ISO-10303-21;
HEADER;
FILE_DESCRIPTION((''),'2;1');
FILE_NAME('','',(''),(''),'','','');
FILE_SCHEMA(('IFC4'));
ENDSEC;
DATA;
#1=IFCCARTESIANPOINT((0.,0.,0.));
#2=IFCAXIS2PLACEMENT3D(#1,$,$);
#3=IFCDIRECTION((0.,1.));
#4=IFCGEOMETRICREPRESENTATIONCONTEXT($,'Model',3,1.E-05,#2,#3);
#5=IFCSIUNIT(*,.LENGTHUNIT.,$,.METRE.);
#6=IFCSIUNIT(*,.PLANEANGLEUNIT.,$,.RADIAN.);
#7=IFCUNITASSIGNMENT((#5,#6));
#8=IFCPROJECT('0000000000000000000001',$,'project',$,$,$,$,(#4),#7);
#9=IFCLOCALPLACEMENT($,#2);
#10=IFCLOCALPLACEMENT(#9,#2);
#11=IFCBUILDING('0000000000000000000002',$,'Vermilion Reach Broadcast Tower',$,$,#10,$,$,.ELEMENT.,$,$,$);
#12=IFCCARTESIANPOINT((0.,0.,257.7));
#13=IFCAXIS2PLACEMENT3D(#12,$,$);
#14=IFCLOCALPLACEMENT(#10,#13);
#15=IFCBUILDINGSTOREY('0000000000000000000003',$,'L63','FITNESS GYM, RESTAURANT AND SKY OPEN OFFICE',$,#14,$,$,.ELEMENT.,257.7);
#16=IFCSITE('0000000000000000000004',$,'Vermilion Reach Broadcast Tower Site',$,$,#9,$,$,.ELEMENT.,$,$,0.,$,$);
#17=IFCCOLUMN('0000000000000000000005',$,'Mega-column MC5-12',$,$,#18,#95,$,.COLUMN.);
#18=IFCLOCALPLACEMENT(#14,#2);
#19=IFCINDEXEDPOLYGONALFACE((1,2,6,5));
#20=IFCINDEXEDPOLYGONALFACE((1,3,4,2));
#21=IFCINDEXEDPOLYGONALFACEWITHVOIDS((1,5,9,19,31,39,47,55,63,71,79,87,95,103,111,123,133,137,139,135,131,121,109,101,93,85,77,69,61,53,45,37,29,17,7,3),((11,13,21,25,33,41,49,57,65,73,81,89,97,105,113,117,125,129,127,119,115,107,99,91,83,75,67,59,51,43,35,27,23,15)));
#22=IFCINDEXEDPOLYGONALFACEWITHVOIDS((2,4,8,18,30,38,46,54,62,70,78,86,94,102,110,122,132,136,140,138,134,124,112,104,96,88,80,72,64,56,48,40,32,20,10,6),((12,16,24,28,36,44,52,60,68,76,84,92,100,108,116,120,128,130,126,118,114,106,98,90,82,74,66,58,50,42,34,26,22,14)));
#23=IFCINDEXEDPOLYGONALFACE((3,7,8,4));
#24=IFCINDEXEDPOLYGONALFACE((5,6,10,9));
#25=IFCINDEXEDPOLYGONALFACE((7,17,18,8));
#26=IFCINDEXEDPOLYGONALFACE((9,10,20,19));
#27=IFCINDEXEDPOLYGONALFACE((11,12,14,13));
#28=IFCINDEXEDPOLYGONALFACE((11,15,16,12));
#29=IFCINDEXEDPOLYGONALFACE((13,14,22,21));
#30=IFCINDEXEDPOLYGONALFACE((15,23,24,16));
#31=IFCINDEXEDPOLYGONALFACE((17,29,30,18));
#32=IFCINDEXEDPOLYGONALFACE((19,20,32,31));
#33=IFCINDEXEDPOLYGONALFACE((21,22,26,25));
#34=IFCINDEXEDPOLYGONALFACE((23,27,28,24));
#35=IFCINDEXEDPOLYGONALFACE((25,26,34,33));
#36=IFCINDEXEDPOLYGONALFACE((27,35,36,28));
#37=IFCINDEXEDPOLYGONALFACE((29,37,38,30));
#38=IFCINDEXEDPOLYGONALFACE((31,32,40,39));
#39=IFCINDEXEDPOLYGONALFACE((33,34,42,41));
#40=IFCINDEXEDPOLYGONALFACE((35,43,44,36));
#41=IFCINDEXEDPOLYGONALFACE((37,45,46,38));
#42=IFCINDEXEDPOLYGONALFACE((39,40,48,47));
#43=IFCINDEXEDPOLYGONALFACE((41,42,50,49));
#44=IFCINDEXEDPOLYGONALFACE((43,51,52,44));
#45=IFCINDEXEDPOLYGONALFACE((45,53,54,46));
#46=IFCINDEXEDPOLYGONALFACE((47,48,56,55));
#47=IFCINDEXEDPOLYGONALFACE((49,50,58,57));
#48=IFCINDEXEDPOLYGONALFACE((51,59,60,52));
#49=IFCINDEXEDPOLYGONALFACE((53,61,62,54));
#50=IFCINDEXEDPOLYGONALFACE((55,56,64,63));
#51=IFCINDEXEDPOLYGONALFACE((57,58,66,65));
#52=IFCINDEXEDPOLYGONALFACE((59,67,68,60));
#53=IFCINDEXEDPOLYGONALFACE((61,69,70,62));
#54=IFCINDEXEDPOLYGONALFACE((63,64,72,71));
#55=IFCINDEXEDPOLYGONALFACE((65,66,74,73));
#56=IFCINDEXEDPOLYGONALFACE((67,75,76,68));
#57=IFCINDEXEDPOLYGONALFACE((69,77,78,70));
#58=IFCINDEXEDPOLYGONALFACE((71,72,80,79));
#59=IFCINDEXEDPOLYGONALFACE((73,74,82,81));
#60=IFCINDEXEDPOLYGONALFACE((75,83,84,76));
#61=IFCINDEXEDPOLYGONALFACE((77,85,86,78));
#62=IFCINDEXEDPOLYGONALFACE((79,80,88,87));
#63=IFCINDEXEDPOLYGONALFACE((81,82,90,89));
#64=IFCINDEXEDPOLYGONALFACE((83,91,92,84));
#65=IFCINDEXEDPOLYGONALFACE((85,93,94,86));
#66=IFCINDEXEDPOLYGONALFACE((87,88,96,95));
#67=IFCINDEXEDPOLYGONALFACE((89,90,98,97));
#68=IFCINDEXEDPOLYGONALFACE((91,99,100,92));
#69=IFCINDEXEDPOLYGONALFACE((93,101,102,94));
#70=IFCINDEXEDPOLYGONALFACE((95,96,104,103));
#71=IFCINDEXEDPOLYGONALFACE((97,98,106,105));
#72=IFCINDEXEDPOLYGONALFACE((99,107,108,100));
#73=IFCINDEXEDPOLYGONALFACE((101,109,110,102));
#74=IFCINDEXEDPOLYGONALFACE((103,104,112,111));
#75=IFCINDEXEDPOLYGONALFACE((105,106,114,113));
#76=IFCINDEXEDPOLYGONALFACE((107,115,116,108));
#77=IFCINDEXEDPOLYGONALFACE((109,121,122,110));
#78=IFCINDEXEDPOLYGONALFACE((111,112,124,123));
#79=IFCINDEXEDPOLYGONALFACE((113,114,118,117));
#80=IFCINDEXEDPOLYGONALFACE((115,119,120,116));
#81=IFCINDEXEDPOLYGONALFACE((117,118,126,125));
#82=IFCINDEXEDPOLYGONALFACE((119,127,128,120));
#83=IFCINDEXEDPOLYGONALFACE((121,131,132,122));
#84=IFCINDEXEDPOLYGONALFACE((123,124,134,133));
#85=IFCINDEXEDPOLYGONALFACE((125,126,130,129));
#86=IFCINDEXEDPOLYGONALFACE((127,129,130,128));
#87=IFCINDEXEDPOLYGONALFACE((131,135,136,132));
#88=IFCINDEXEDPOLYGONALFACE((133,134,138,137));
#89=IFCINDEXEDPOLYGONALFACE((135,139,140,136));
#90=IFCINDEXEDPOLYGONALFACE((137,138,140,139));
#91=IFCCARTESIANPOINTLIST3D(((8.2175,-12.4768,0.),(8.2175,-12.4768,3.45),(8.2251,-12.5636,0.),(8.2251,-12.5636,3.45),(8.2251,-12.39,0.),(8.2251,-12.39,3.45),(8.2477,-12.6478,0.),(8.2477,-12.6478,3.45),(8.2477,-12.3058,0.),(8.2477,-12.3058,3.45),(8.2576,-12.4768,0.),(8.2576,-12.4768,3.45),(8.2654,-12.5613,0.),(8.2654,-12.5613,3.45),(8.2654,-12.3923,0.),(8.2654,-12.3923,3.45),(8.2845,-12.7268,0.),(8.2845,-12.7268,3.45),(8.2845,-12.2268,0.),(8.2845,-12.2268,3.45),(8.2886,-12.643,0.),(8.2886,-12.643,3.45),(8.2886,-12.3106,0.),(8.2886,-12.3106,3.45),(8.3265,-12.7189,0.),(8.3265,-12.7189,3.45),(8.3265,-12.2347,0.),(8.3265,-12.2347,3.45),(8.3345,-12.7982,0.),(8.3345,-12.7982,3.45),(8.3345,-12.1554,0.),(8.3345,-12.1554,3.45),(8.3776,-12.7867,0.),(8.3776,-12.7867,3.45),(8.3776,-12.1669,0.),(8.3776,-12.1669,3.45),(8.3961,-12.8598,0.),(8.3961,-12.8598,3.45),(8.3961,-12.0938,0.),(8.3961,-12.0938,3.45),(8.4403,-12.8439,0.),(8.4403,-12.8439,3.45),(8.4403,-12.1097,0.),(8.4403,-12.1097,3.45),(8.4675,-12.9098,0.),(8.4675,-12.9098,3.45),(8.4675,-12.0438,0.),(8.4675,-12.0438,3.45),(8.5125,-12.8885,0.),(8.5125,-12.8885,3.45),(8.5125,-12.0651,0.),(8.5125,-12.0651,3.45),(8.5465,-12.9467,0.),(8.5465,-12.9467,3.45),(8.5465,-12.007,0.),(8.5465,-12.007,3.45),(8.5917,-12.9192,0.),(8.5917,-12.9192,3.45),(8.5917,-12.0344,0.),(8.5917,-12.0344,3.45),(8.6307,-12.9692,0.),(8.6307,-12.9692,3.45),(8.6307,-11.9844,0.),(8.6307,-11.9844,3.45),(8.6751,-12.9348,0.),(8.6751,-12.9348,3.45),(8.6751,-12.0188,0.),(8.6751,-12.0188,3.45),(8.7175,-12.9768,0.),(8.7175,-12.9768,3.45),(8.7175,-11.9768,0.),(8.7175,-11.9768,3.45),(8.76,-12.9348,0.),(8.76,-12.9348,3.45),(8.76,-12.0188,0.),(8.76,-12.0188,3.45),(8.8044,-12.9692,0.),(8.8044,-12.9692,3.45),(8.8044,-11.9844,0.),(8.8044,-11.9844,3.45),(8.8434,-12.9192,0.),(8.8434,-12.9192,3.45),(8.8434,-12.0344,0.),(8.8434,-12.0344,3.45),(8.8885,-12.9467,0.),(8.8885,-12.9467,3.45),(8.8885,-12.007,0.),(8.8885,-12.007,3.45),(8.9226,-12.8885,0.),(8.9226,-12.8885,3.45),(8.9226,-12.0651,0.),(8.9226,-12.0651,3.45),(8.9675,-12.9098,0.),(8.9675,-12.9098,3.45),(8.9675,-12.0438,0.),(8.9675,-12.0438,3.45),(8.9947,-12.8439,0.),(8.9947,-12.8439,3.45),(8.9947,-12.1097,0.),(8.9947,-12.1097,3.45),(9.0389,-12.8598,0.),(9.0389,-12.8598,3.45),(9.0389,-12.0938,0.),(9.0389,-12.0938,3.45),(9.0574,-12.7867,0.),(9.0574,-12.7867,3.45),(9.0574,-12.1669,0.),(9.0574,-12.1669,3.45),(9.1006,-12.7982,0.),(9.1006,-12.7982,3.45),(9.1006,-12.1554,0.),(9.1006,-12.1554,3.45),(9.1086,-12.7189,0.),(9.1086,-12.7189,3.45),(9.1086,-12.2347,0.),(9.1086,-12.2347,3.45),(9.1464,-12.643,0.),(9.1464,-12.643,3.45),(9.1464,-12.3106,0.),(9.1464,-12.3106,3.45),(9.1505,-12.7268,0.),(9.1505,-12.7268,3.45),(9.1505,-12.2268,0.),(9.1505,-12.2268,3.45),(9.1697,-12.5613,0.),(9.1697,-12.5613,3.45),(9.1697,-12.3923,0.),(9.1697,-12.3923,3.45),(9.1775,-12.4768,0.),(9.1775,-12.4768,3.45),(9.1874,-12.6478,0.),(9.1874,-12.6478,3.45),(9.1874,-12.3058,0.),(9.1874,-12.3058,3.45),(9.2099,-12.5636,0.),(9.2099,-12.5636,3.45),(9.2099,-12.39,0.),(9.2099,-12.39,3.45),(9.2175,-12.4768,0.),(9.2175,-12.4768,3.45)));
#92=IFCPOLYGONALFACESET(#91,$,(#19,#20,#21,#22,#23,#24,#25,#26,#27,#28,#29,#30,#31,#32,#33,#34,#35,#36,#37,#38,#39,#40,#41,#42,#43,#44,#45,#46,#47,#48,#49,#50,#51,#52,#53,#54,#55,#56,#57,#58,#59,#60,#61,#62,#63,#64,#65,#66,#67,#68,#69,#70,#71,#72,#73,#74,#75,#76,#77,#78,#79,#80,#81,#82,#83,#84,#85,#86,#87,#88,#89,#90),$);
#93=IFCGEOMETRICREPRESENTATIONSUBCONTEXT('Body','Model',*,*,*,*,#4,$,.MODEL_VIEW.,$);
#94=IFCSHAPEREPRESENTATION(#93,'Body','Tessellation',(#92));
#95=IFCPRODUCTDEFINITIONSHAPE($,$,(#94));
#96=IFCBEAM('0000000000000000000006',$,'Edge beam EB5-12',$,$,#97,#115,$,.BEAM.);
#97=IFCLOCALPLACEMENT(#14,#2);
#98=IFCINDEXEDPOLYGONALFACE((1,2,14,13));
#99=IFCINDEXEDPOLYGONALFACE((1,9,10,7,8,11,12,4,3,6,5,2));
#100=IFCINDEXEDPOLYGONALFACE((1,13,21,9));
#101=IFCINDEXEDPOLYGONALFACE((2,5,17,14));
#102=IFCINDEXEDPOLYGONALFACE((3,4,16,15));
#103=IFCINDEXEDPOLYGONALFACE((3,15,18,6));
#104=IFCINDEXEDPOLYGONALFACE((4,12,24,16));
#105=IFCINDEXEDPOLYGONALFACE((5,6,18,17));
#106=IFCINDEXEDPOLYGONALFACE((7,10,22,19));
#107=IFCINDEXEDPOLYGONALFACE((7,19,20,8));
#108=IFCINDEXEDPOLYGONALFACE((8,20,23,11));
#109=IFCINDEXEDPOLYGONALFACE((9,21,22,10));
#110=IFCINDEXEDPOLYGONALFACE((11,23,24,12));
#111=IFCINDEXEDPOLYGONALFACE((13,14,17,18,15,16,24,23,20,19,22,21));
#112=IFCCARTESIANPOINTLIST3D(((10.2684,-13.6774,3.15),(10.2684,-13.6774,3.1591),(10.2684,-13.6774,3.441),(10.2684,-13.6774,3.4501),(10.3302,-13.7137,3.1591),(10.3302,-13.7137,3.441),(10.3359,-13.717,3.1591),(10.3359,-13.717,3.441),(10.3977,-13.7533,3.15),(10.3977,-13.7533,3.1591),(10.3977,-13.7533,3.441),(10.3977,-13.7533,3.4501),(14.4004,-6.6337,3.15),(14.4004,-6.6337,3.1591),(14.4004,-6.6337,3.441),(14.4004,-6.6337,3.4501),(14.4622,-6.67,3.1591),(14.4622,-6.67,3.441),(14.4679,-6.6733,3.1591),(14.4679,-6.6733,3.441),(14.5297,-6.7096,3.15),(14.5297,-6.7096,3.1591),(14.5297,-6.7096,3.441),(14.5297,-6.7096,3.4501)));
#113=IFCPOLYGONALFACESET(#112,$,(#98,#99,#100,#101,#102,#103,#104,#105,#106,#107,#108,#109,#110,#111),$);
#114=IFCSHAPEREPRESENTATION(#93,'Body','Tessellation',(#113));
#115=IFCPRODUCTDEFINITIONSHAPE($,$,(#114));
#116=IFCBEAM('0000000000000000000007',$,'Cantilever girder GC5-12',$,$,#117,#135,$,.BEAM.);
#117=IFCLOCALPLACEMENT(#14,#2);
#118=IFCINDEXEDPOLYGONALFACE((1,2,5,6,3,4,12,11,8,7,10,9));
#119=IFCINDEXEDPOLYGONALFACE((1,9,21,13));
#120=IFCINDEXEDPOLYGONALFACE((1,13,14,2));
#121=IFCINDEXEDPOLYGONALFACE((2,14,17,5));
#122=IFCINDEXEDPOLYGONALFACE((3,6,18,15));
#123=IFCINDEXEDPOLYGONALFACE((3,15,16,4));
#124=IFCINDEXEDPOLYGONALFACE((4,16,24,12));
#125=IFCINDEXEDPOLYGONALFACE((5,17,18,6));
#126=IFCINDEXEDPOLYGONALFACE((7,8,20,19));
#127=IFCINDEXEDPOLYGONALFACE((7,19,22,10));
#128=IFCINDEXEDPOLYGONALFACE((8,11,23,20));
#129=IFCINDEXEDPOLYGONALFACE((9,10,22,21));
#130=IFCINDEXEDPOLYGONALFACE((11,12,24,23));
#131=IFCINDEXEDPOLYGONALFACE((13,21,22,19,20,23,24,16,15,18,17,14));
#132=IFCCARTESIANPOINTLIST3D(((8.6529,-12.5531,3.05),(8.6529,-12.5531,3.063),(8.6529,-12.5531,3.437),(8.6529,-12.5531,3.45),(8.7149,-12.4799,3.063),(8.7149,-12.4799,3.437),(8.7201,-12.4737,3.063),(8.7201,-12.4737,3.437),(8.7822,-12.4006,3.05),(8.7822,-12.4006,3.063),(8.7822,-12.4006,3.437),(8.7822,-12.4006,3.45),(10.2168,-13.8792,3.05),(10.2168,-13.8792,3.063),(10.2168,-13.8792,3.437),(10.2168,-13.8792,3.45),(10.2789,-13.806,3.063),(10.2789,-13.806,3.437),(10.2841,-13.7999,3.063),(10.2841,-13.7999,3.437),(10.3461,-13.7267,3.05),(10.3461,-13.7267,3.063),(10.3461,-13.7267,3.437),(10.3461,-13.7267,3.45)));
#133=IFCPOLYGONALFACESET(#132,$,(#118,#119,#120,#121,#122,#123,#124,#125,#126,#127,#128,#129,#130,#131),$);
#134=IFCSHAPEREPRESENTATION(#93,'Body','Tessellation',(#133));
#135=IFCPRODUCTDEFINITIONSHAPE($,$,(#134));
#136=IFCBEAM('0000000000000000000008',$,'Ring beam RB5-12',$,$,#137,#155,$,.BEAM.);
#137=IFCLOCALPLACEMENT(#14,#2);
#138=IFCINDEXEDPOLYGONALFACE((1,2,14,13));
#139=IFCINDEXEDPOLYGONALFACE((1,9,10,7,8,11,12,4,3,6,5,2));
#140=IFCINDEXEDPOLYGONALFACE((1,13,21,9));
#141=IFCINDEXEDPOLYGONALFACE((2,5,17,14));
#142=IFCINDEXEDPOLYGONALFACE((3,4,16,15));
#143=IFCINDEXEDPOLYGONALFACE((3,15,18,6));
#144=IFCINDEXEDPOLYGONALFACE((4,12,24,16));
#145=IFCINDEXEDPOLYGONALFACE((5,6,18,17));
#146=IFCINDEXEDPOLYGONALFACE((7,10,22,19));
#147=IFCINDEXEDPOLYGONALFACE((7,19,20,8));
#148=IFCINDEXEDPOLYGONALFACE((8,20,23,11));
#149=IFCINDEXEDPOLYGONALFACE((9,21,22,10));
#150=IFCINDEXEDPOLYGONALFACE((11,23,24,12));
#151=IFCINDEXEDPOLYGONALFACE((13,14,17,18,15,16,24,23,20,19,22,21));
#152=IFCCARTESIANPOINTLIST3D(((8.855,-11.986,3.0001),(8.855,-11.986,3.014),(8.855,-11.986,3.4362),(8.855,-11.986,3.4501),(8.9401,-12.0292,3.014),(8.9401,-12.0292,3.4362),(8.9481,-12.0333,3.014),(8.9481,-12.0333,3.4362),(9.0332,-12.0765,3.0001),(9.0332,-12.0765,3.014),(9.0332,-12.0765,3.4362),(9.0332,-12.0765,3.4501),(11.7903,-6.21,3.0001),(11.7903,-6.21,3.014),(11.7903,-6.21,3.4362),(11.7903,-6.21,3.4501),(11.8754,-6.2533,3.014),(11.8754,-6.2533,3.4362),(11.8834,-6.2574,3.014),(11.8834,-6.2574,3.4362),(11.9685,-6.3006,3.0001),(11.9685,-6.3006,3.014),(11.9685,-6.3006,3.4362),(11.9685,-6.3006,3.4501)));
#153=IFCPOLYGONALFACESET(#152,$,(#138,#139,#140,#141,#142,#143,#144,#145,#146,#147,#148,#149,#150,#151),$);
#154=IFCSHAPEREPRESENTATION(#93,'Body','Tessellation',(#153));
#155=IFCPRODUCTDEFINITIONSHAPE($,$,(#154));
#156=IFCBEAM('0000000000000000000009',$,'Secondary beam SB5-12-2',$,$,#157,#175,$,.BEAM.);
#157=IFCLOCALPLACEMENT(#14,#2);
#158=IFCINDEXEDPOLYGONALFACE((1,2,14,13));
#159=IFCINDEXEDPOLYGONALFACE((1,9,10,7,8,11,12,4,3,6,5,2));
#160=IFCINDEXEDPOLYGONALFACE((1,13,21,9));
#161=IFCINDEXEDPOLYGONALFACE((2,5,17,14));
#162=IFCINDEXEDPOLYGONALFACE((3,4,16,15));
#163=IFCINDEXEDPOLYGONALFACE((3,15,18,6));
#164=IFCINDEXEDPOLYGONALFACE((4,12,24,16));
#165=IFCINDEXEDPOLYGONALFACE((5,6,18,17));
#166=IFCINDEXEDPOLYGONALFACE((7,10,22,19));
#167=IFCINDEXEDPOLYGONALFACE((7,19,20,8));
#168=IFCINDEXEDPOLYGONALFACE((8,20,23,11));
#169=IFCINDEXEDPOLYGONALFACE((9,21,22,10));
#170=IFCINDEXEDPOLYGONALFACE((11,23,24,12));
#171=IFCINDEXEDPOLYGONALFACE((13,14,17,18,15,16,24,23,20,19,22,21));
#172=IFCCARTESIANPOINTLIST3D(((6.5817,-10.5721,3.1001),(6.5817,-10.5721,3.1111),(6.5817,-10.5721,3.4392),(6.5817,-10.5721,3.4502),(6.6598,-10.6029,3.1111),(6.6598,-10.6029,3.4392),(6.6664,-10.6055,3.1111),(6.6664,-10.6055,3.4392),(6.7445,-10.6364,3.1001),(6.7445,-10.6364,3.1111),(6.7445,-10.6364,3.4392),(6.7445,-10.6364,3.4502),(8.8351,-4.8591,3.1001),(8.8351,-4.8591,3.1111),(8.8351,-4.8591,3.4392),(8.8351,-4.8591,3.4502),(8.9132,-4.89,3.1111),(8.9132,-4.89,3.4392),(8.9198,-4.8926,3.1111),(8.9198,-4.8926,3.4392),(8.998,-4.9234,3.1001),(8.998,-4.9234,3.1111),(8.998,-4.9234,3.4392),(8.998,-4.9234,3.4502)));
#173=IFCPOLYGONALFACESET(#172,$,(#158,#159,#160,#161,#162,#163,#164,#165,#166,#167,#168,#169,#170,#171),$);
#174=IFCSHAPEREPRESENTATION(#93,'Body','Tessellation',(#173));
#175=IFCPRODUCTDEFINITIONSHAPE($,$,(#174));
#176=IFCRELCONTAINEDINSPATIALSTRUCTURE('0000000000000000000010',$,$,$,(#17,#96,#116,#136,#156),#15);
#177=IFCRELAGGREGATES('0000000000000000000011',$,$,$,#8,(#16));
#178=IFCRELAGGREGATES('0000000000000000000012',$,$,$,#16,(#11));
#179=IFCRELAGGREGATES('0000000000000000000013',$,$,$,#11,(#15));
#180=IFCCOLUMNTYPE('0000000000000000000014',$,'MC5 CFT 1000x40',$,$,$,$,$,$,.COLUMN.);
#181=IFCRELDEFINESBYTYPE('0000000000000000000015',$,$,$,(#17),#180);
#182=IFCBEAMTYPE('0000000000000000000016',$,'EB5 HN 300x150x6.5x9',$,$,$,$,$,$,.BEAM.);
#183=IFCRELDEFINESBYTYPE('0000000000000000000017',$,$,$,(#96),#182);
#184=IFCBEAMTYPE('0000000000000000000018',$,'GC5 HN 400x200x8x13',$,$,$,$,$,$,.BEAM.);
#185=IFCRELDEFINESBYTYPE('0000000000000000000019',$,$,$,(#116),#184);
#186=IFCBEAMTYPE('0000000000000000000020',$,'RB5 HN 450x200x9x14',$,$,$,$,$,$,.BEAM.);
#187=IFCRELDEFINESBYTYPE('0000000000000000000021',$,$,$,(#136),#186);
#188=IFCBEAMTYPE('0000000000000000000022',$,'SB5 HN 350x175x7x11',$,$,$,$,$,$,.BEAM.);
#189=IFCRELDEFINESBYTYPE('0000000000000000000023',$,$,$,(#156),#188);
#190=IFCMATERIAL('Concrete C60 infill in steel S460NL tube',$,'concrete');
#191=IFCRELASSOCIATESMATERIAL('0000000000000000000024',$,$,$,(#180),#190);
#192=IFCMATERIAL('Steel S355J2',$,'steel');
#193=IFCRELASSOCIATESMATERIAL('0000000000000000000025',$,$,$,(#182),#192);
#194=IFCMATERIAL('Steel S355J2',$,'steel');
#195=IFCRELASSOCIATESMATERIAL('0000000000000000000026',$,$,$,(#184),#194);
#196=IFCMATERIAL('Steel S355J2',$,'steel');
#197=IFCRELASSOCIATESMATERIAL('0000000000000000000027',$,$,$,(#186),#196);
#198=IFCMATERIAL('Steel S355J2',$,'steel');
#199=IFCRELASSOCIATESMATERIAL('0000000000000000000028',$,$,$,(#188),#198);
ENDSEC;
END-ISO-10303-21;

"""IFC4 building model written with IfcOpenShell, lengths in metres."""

from ifc_helpers import new_model, si_unit, direction, frame, origin, origin_2d, place, context, subcontext, project, spatial, hollow_circle, i_section, extrude, material, material_profile, profile_set, type_object, element, save


model = new_model("IFC4")

# Units and contexts
model_context = context("Model", 3, precision=1e-05, world=origin(), true_north=direction((0.0, 1.0)))
body_context = subcontext(model_context, "Body", "Model", "MODEL_VIEW")
ifc_project = project(units=[si_unit("LENGTHUNIT", "METRE"), si_unit("PLANEANGLEUNIT", "RADIAN")], contexts=[model_context])

# Site, building, storey
site_placement = place(None, origin())
site = spatial("IfcSite", under=ifc_project, at=site_placement, Name="Vermilion Reach Broadcast Tower Site", CompositionType="ELEMENT", RefElevation=0.0)
building_placement = place(site_placement, origin())
building = spatial("IfcBuilding", under=site, at=building_placement, Name="Vermilion Reach Broadcast Tower", CompositionType="ELEMENT")
storey_placement = place(building_placement, frame((0.0, 0.0, 257.7)))
storey = spatial("IfcBuildingStorey", under=building, at=storey_placement, Name="L63", Description="FITNESS GYM, RESTAURANT AND SKY OPEN OFFICE", CompositionType="ELEMENT", Elevation=257.7)

# Column
ifc_material_1 = material(Name="Concrete C60 infill in steel S460NL tube", Category="concrete")
ifc_material_profile_1 = material_profile(ifc_material_1, hollow_circle(Radius=0.5, WallThickness=0.04, at=origin_2d()), Name="Concrete C60 infill in steel S460NL tube CFT 1000x40")
ifc_profile_set_1 = profile_set([ifc_material_profile_1], Name="Concrete C60 infill in steel S460NL tube")
column_type = type_object("IfcColumnType", Name="MC5 CFT 1000x40", PredefinedType="COLUMN", material=ifc_profile_set_1)
column_placement = place(storey_placement, frame((8.7175, -12.4768, 0.0), z_axis=(0.0, 0.0, 1.0), x_axis=(1.0, 0.0, 0.0)))
element("IfcColumn", 1, at=column_placement, inside=storey, type_object=column_type, Name="Mega-column MC5-12", PredefinedType="COLUMN", context=body_context, shape_type="SweptSolid", body=[
    extrude(hollow_circle(Radius=0.5, WallThickness=0.04, at=origin_2d()), origin(), (0.0, 0.0, 1.0), 3.45),
])

# Beams
ifc_material_2 = material(Name="Steel S355J2", Category="steel")
ifc_material_profile_2 = material_profile(ifc_material_2, i_section(OverallWidth=0.1499, OverallDepth=0.3, WebThickness=0.0066, FlangeThickness=0.009, at=origin_2d()), Name="S355J2 HN 300x150x6.5x9")
ifc_profile_set_2 = profile_set([ifc_material_profile_2], Name="Steel S355J2")
beam_type_1 = type_object("IfcBeamType", Name="EB5 HN 300x150x6.5x9", PredefinedType="BEAM", material=ifc_profile_set_2)
beam_1_placement = place(storey_placement, frame((10.333, -13.7153, 3.3), z_axis=(0.505994, 0.862537, 0.0), x_axis=(-0.862537, 0.505994, 0.0)))
element("IfcBeam", 2, at=beam_1_placement, inside=storey, type_object=beam_type_1, Name="Edge beam EB5-12", PredefinedType="BEAM", context=body_context, shape_type="SweptSolid", body=[
    extrude(i_section(OverallWidth=0.1499, OverallDepth=0.3, WebThickness=0.0066, FlangeThickness=0.009, at=origin_2d()), origin(), (0.0, 0.0, 1.0), 8.1663),
])
ifc_material_3 = material(Name="Steel S355J2", Category="steel")
ifc_material_profile_3 = material_profile(ifc_material_3, i_section(OverallWidth=0.2, OverallDepth=0.3999, WebThickness=0.0081, FlangeThickness=0.0129, at=origin_2d()), Name="S355J2 HN 400x200x8x13")
ifc_profile_set_3 = profile_set([ifc_material_profile_3], Name="Steel S355J2")
beam_type_2 = type_object("IfcBeamType", Name="GC5 HN 400x200x8x13", PredefinedType="BEAM", material=ifc_profile_set_3)
beam_2_placement = place(storey_placement, frame((8.7175, -12.4768, 3.25), z_axis=(0.762708, -0.646742, 0.0), x_axis=(0.646742, 0.762708, 0.0)))
element("IfcBeam", 3, at=beam_2_placement, inside=storey, type_object=beam_type_2, Name="Cantilever girder GC5-12", PredefinedType="BEAM", context=body_context, shape_type="SweptSolid", body=[
    extrude(i_section(OverallWidth=0.2, OverallDepth=0.3999, WebThickness=0.0081, FlangeThickness=0.0129, at=origin_2d()), origin(), (0.0, 0.0, 1.0), 2.0505),
])
ifc_material_4 = material(Name="Steel S355J2", Category="steel")
ifc_material_profile_4 = material_profile(ifc_material_4, i_section(OverallWidth=0.2, OverallDepth=0.45, WebThickness=0.009, FlangeThickness=0.0139, at=origin_2d()), Name="S355J2 HN 450x200x9x14")
ifc_profile_set_4 = profile_set([ifc_material_profile_4], Name="Steel S355J2")
beam_type_3 = type_object("IfcBeamType", Name="RB5 HN 450x200x9x14", PredefinedType="BEAM", material=ifc_profile_set_4)
beam_3_placement = place(storey_placement, frame((8.9441, -12.0312, 3.2251), z_axis=(0.453052, 0.891484, 0.0), x_axis=(-0.891484, 0.453052, 0.0)))
element("IfcBeam", 4, at=beam_3_placement, inside=storey, type_object=beam_type_3, Name="Ring beam RB5-12", PredefinedType="BEAM", context=body_context, shape_type="SweptSolid", body=[
    extrude(i_section(OverallWidth=0.2, OverallDepth=0.45, WebThickness=0.009, FlangeThickness=0.0139, at=origin_2d()), origin(), (0.0, 0.0, 1.0), 6.479),
])
ifc_material_5 = material(Name="Steel S355J2", Category="steel")
ifc_material_profile_5 = material_profile(ifc_material_5, i_section(OverallWidth=0.175, OverallDepth=0.3501, WebThickness=0.0071, FlangeThickness=0.011, at=origin_2d()), Name="S355J2 HN 350x175x7x11")
ifc_profile_set_5 = profile_set([ifc_material_profile_5], Name="Steel S355J2")
beam_type_4 = type_object("IfcBeamType", Name="SB5 HN 350x175x7x11", PredefinedType="BEAM", material=ifc_profile_set_5)
beam_4_placement = place(storey_placement, frame((6.6631, -10.6042, 3.2751), z_axis=(0.366931, 0.930248, 0.0), x_axis=(-0.930248, 0.366931, 0.0)))
element("IfcBeam", 5, at=beam_4_placement, inside=storey, type_object=beam_type_4, Name="Secondary beam SB5-12-2", PredefinedType="BEAM", context=body_context, shape_type="SweptSolid", body=[
    extrude(i_section(OverallWidth=0.175, OverallDepth=0.3501, WebThickness=0.0071, FlangeThickness=0.011, at=origin_2d()), origin(), (0.0, 0.0, 1.0), 6.1414),
])

save(model, "model.ifc")
